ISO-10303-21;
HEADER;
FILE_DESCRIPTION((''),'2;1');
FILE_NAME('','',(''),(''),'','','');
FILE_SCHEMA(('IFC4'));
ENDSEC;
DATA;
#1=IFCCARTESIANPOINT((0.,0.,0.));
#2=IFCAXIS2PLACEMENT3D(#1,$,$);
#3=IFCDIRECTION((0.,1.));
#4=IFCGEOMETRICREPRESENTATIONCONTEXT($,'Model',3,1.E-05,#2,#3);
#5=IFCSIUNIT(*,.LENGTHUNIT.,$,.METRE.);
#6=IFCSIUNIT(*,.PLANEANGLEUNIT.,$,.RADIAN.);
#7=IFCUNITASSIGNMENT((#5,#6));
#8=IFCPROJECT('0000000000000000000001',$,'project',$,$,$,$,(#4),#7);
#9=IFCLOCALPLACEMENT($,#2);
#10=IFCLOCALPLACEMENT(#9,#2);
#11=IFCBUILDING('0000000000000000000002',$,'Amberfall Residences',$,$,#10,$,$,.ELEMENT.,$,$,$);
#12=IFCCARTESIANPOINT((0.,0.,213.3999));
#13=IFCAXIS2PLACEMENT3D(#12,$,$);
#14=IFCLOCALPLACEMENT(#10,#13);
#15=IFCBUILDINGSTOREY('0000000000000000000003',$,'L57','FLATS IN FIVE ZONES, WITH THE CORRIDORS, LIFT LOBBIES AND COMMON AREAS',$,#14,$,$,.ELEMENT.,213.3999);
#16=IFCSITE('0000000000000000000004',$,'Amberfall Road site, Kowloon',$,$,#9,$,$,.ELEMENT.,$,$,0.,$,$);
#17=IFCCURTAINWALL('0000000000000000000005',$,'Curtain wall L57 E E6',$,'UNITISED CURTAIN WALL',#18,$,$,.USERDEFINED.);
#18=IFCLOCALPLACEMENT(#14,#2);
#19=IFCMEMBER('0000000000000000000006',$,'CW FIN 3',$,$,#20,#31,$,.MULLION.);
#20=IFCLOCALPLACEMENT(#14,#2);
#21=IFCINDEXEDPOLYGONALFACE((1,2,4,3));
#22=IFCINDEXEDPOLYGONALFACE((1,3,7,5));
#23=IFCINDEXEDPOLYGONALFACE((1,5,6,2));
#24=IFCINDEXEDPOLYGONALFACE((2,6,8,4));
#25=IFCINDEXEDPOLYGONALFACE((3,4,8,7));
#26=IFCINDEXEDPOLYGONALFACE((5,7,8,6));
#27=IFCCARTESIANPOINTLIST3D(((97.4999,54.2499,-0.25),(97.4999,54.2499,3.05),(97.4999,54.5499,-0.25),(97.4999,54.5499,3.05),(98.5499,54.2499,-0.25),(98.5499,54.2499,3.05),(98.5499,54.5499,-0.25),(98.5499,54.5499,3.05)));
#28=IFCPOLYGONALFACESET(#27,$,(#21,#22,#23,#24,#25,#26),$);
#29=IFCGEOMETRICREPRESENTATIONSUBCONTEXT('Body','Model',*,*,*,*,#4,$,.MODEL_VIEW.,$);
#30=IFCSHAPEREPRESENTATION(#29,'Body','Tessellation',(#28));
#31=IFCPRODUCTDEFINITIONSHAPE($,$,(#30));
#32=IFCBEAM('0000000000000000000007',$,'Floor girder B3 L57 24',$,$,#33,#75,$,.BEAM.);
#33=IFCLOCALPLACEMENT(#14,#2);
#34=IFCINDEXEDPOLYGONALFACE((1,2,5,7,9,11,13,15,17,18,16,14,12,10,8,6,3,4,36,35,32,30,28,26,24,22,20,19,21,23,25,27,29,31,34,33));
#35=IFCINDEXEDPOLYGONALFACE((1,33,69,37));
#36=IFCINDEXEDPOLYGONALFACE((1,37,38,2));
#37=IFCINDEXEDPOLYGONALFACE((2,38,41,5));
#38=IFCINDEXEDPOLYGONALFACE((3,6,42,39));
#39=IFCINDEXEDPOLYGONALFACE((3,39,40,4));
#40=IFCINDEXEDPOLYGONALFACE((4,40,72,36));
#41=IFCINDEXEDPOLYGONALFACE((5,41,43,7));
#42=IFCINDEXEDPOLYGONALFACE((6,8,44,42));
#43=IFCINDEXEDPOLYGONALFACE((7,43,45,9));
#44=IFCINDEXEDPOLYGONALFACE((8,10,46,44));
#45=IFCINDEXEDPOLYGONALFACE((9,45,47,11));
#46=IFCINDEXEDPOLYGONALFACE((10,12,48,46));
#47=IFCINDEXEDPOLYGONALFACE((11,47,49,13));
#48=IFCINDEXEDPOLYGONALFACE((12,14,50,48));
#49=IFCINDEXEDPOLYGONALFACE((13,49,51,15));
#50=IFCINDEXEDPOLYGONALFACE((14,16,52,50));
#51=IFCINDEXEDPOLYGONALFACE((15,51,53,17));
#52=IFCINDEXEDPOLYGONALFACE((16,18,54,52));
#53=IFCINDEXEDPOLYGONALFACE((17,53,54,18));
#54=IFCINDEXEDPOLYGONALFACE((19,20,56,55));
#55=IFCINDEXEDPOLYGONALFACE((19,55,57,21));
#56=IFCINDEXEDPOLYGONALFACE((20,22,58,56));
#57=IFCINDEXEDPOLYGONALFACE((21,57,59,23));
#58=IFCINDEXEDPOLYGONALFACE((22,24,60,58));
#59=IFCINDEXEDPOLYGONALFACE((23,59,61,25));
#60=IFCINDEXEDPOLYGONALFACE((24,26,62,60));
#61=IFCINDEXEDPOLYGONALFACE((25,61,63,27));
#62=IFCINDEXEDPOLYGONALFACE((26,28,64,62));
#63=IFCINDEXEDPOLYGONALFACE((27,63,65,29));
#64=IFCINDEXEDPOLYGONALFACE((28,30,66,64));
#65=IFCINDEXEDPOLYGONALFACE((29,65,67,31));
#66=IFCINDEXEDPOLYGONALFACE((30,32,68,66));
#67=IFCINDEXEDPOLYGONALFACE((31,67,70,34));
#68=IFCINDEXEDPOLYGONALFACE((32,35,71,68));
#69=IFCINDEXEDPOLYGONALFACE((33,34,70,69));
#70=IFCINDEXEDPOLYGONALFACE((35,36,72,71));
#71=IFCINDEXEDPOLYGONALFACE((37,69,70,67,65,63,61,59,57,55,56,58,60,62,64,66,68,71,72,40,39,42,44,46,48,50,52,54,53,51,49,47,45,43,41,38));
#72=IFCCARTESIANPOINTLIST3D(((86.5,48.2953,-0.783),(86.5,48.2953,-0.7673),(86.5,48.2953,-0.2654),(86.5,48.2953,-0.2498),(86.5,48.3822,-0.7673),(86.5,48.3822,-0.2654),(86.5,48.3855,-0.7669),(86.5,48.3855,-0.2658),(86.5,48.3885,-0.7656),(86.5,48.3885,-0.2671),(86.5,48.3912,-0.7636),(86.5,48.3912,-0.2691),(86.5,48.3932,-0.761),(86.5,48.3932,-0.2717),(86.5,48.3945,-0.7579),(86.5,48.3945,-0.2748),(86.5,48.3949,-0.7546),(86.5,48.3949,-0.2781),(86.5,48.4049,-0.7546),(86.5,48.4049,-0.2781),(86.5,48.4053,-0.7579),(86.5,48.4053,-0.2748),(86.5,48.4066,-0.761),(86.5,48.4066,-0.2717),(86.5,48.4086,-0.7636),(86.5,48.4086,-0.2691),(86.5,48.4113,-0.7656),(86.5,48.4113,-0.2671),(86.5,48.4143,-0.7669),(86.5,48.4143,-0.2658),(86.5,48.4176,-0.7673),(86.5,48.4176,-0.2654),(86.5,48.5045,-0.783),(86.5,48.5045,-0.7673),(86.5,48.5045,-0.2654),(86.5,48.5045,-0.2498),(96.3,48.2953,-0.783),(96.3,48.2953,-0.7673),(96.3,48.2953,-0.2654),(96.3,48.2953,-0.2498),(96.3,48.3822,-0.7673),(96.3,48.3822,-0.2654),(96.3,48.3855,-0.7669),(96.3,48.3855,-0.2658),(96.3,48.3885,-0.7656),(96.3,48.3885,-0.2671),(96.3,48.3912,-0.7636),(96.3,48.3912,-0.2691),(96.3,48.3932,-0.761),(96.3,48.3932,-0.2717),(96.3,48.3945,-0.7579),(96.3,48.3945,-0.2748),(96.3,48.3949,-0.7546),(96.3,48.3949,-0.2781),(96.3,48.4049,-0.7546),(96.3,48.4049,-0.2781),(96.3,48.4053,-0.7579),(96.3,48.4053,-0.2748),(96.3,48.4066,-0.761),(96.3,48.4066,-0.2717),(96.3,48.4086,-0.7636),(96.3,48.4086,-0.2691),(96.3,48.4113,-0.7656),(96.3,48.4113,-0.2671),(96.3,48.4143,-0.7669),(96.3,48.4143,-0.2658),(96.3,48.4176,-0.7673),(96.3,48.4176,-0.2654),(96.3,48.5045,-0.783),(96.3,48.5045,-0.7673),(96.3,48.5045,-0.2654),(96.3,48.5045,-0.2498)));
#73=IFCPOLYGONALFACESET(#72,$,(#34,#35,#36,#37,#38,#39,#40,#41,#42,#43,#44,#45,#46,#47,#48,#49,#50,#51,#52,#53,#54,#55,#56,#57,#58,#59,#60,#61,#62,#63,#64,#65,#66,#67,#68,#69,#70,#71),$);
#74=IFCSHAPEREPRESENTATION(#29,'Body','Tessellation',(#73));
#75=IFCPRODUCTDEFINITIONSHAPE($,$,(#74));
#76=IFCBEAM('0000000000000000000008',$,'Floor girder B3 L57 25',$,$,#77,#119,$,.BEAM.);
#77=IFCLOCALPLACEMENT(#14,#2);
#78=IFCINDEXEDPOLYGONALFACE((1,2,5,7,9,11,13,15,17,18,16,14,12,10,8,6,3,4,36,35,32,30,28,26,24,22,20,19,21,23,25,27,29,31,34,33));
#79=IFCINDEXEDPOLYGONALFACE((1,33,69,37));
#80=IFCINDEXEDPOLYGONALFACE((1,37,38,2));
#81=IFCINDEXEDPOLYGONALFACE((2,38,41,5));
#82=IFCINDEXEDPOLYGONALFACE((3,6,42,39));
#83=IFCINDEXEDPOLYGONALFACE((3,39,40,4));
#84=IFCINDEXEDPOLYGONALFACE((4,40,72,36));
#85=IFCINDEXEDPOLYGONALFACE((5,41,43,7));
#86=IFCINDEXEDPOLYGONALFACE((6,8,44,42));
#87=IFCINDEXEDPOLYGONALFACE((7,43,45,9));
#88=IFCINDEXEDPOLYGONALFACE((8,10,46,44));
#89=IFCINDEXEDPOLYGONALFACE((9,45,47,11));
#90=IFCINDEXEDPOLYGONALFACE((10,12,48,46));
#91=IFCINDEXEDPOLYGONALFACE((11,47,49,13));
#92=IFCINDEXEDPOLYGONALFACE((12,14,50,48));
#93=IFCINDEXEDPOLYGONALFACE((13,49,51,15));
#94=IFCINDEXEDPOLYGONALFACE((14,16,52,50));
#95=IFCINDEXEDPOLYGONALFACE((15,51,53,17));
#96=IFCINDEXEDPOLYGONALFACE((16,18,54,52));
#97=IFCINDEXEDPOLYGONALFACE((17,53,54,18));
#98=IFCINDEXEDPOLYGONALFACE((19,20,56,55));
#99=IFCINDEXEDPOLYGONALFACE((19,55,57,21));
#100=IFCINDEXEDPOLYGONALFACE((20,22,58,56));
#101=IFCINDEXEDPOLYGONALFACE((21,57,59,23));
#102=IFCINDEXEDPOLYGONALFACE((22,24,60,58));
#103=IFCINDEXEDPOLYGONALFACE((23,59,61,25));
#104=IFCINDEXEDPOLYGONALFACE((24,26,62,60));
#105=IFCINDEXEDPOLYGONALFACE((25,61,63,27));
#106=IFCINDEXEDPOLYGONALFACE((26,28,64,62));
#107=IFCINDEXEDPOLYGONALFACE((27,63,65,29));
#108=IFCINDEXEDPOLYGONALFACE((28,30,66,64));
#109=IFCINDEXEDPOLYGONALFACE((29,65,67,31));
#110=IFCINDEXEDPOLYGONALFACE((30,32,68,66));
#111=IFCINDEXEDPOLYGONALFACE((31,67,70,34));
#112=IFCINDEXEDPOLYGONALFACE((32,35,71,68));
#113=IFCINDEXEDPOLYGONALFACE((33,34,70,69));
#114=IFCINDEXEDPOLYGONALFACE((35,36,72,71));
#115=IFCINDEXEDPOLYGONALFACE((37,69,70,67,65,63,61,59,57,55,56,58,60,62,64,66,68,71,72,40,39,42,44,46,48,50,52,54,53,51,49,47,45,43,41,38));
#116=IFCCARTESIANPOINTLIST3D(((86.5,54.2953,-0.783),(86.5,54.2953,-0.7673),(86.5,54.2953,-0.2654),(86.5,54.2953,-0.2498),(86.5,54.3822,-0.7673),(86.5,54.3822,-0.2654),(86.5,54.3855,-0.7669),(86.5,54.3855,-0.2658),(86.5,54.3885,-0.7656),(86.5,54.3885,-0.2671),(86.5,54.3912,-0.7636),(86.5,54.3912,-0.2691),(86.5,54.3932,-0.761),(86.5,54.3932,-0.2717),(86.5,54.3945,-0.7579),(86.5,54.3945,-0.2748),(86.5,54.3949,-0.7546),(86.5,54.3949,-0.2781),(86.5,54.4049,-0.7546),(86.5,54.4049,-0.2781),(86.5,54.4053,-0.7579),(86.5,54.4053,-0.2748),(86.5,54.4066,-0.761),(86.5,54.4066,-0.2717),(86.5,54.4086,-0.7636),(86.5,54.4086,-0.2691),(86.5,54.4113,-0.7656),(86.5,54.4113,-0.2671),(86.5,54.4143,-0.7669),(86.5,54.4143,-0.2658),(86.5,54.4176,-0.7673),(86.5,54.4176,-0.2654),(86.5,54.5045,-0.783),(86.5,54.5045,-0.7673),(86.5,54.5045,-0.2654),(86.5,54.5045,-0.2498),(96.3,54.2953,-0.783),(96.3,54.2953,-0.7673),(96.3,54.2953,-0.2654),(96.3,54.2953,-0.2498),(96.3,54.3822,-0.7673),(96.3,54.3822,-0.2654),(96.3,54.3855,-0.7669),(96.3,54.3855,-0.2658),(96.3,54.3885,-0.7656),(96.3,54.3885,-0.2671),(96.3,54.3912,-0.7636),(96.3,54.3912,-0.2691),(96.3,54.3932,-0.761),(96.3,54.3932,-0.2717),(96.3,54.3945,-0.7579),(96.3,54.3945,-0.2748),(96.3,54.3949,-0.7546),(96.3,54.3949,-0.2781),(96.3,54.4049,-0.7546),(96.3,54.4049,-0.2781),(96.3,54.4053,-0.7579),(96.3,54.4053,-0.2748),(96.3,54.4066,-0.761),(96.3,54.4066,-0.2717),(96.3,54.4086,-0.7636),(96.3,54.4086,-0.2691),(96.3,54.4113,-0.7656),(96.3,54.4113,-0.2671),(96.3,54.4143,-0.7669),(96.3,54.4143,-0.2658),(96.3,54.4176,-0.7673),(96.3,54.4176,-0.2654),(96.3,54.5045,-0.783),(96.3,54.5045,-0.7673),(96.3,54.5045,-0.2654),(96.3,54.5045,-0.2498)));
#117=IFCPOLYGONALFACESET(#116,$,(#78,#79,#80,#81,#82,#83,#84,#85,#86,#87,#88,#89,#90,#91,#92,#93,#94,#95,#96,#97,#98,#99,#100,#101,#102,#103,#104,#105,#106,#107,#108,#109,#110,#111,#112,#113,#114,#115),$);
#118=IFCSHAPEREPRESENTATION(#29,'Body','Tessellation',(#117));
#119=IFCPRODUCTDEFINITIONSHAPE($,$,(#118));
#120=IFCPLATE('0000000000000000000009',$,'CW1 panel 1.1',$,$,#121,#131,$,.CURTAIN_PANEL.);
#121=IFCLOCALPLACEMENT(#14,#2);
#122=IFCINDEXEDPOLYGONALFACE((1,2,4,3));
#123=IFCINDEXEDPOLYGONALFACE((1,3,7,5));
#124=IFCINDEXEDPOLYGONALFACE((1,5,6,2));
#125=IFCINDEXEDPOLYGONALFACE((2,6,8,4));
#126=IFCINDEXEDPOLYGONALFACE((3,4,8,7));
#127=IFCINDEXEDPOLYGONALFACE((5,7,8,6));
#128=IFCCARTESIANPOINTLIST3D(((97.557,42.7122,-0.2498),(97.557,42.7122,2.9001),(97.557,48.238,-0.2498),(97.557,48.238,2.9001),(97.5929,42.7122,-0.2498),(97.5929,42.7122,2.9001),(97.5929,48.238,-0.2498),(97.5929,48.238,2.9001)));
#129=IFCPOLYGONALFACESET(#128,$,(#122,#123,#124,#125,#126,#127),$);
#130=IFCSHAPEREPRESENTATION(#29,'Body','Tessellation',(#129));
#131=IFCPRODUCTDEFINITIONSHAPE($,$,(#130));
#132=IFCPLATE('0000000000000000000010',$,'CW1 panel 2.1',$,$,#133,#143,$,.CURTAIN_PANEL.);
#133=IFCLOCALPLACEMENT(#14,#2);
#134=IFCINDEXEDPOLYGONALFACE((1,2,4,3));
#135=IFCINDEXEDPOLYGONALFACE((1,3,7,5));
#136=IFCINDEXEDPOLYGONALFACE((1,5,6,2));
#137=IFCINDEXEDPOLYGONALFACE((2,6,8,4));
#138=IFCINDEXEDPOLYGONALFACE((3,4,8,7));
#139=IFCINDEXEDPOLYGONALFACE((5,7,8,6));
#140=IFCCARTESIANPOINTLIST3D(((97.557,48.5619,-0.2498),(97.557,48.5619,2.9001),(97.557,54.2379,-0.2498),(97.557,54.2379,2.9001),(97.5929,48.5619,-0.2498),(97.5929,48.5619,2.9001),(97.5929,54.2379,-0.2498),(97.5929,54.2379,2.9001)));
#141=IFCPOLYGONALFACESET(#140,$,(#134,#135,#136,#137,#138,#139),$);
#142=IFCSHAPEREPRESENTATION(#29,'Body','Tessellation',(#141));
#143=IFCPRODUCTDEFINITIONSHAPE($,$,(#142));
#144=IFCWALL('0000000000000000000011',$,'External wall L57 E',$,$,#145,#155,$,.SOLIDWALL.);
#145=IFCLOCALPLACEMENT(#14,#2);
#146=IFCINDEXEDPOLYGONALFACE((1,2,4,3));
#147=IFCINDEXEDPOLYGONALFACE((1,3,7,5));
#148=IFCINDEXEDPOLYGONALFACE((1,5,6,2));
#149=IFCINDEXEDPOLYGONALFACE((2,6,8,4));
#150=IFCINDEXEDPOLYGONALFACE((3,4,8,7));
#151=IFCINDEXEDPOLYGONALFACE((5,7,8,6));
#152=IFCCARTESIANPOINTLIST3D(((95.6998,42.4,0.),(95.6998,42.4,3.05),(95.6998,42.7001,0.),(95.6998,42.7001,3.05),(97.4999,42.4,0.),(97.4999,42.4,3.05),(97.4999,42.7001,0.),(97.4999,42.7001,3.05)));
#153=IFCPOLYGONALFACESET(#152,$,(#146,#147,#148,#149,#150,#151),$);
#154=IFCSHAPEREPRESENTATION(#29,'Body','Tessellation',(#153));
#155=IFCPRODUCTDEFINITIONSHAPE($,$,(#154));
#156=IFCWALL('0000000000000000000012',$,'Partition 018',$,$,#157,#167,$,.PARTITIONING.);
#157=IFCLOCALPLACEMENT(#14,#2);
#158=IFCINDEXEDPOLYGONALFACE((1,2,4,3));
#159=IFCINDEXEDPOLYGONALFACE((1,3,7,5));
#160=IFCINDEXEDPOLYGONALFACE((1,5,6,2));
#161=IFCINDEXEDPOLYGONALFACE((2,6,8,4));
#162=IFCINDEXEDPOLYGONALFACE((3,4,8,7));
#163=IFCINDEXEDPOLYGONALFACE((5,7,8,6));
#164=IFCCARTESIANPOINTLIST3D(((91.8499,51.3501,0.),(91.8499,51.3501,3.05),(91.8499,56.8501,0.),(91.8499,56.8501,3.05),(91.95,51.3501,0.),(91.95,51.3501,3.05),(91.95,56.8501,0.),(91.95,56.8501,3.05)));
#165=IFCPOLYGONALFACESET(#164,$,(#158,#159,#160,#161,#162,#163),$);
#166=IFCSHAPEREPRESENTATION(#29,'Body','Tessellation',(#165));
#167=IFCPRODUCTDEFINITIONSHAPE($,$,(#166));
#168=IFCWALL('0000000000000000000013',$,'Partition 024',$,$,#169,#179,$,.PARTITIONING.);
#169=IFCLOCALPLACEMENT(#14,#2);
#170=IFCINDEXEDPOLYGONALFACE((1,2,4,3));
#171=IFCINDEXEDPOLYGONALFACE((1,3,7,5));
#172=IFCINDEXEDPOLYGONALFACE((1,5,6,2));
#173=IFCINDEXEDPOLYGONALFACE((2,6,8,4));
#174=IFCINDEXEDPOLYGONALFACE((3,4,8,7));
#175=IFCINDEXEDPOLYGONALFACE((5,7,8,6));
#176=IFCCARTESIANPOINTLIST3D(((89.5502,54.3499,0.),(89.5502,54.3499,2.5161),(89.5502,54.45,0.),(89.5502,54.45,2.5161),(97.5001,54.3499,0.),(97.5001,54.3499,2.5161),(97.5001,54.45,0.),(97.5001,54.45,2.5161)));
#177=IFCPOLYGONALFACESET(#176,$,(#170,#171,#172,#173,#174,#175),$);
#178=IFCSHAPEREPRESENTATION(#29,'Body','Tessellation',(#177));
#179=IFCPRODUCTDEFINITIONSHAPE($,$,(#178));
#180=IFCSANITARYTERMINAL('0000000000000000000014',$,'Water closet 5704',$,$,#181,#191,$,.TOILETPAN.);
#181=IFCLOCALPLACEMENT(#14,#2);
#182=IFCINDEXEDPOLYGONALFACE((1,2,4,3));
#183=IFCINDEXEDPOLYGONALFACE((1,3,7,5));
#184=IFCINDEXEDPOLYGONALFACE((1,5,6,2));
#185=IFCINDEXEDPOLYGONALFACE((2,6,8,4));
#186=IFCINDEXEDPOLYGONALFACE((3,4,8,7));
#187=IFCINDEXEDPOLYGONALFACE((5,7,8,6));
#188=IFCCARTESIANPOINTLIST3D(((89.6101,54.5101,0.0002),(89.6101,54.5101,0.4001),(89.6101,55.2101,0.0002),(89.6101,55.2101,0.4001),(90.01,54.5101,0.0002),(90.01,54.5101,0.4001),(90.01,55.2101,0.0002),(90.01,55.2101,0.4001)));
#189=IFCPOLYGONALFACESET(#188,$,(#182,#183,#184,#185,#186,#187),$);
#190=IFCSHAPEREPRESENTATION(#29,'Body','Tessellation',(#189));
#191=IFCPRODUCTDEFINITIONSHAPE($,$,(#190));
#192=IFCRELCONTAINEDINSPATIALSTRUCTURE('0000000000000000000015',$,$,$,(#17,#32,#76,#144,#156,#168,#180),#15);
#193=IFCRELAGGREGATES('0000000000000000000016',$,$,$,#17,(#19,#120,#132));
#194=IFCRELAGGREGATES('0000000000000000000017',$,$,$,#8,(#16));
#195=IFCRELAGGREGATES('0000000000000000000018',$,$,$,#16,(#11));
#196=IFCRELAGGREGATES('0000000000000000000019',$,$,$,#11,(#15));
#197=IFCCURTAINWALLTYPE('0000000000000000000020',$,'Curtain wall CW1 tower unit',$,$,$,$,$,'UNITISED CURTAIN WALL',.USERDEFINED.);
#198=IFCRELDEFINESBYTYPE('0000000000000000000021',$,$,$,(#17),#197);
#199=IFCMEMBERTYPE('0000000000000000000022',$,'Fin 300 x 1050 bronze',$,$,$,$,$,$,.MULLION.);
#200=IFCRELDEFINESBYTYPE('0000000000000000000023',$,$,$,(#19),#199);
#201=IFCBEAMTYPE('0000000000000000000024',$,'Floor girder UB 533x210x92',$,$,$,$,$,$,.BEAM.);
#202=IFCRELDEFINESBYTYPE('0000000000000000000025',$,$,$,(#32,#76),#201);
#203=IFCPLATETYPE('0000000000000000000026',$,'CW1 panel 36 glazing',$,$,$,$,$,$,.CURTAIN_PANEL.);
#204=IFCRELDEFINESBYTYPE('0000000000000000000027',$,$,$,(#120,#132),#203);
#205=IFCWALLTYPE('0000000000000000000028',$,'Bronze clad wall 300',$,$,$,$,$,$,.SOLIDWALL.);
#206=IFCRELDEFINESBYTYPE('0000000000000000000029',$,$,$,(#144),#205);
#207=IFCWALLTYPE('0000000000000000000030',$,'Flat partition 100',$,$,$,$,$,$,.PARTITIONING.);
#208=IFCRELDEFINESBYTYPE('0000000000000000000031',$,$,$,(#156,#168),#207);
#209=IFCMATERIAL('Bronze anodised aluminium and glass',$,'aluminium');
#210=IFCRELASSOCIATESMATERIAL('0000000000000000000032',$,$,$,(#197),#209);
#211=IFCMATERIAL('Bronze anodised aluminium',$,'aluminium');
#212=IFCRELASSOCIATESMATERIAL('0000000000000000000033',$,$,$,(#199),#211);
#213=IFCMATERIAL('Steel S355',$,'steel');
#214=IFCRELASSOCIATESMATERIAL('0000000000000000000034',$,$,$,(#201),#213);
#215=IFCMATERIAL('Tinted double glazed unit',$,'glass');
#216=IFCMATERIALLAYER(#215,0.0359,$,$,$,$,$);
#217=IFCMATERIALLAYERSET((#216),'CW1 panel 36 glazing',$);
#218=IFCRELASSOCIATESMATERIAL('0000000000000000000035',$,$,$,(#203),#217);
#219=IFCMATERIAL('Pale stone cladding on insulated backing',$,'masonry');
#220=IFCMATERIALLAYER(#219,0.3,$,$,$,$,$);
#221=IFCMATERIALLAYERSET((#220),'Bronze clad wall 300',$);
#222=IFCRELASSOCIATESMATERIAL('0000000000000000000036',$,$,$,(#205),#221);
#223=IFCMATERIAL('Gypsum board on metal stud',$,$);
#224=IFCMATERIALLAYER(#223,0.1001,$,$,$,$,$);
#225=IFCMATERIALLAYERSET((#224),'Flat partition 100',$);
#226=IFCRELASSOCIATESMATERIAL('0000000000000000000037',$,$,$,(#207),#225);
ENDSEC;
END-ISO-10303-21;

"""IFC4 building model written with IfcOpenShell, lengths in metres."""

from ifc_helpers import new_model, si_unit, direction, frame, frame_2d, origin, origin_2d, place, context, subcontext, project, spatial, rectangle, i_section, extrude, material, layer, layer_set, material_profile, profile_set, type_object, element, aggregate, save


model = new_model("IFC4")

# Units and contexts
model_context = context("Model", 3, precision=1e-05, world=origin(), true_north=direction((0.0, 1.0)))
body_context = subcontext(model_context, "Body", "Model", "MODEL_VIEW")
ifc_project = project(units=[si_unit("LENGTHUNIT", "METRE"), si_unit("PLANEANGLEUNIT", "RADIAN")], contexts=[model_context])

# Site, building, storey
site_placement = place(None, origin())
site = spatial("IfcSite", under=ifc_project, at=site_placement, Name="Amberfall Road site, Kowloon", CompositionType="ELEMENT", RefElevation=0.0)
building_placement = place(site_placement, origin())
building = spatial("IfcBuilding", under=site, at=building_placement, Name="Amberfall Residences", CompositionType="ELEMENT")
storey_placement = place(building_placement, frame((0.0, 0.0, 213.3999)))
storey = spatial("IfcBuildingStorey", under=building, at=storey_placement, Name="L57", Description="FLATS IN FIVE ZONES, WITH THE CORRIDORS, LIFT LOBBIES AND COMMON AREAS", CompositionType="ELEMENT", Elevation=213.3999)

# Curtain wall
ifc_material_1 = material(Name="Bronze anodised aluminium and glass", Category="aluminium")
curtain_wall_type = type_object("IfcCurtainWallType", Name="Curtain wall CW1 tower unit", ElementType="UNITISED CURTAIN WALL", PredefinedType="USERDEFINED", material=ifc_material_1)
curtain_wall_placement = place(storey_placement, origin())
curtain_wall = element("IfcCurtainWall", 1, at=curtain_wall_placement, inside=storey, type_object=curtain_wall_type, Name="Curtain wall L57 E E6", ObjectType="UNITISED CURTAIN WALL", PredefinedType="USERDEFINED")
ifc_material_2 = material(Name="Bronze anodised aluminium", Category="aluminium")

# Shared definitions
ifc_material_3 = material(Name="Steel S355", Category="steel")

# Member
ifc_material_profile_1 = material_profile(ifc_material_2, rectangle(XDim=1.05, YDim=0.3, at=origin_2d()), Name="Fin 300 x 1050 bronze")
ifc_profile_set_1 = profile_set([ifc_material_profile_1], Name="Bronze anodised aluminium")
member_type_1 = type_object("IfcMemberType", Name="Fin 300 x 1050 bronze", PredefinedType="MULLION", material=ifc_profile_set_1)
member_1_placement = place(storey_placement, frame((98.0249, 54.3999, -0.25), z_axis=(0.0, 0.0, 1.0), x_axis=(-1.0, 0.0, 0.0)))
member_1 = element("IfcMember", 2, at=member_1_placement, type_object=member_type_1, Name="CW FIN 3", PredefinedType="MULLION", context=body_context, shape_type="SweptSolid", body=[
    extrude(rectangle(XDim=1.05, YDim=0.3, at=origin_2d()), origin(), (0.0, 0.0, 1.0), 3.3),
])

# Beams
ifc_material_profile_2 = material_profile(ifc_material_3, i_section(OverallWidth=0.2092, OverallDepth=0.5332, WebThickness=0.01, FlangeThickness=0.0156, FilletRadius=0.0127, at=origin_2d()), Name="UB 533x210x92")
ifc_profile_set_2 = profile_set([ifc_material_profile_2], Name="Steel S355")
beam_type_1 = type_object("IfcBeamType", Name="Floor girder UB 533x210x92", PredefinedType="BEAM", material=ifc_profile_set_2)
for number, where, z_axis, x_axis, name in (
    (3, (96.3, 48.3999, -0.5164), (-1.0, 0.0, 0.0), (0.0, -1.0, 0.0), "Floor girder B3 L57 24"),
    (4, (96.3, 54.3999, -0.5164), (-1.0, 0.0, 0.0), (0.0, -1.0, 0.0), "Floor girder B3 L57 25"),
):
    element("IfcBeam", number, at=place(storey_placement, frame(where, z_axis=z_axis, x_axis=x_axis)), inside=storey, type_object=beam_type_1, Name=name, PredefinedType="BEAM", context=body_context, shape_type="SweptSolid", body=[
        extrude(i_section(OverallWidth=0.2092, OverallDepth=0.5332, WebThickness=0.01, FlangeThickness=0.0156, FilletRadius=0.0127, at=origin_2d()), origin(), (0.0, 0.0, 1.0), 9.8),
    ])

# Plates
ifc_material_4 = material(Name="Tinted double glazed unit", Category="glass")
ifc_layer_1 = layer(ifc_material_4, 0.0359)
ifc_layer_set_1 = layer_set([ifc_layer_1], Name="CW1 panel 36 glazing")
plate_type = type_object("IfcPlateType", Name="CW1 panel 36 glazing", PredefinedType="CURTAIN_PANEL", material=ifc_layer_set_1)
plate_1_placement = place(storey_placement, frame((97.575, 45.4751, -0.2498), z_axis=(0.0, 0.0, 1.0), x_axis=(0.0, 1.0, 0.0)))
plate_1 = element("IfcPlate", 5, at=plate_1_placement, type_object=plate_type, Name="CW1 panel 1.1", PredefinedType="CURTAIN_PANEL", context=body_context, shape_type="SweptSolid", body=[
    extrude(rectangle(XDim=5.5259, YDim=0.0359, at=origin_2d()), origin(), (0.0, 0.0, 1.0), 3.1499),
])
plate_2_placement = place(storey_placement, frame((97.575, 51.3999, -0.2498), z_axis=(0.0, 0.0, 1.0), x_axis=(0.0, 1.0, 0.0)))
plate_2 = element("IfcPlate", 6, at=plate_2_placement, type_object=plate_type, Name="CW1 panel 2.1", PredefinedType="CURTAIN_PANEL", context=body_context, shape_type="SweptSolid", body=[
    extrude(rectangle(XDim=5.676, YDim=0.0359, at=origin_2d()), origin(), (0.0, 0.0, 1.0), 3.1499),
])
aggregate(curtain_wall, [member_1, plate_1, plate_2])

# Walls
ifc_material_5 = material(Name="Pale stone cladding on insulated backing", Category="masonry")
ifc_layer_2 = layer(ifc_material_5, 0.3)
ifc_layer_set_2 = layer_set([ifc_layer_2], Name="Bronze clad wall 300")
wall_type_1 = type_object("IfcWallType", Name="Bronze clad wall 300", PredefinedType="SOLIDWALL", material=ifc_layer_set_2)
wall_1_placement = place(storey_placement, frame((95.7, 42.55, 0.0), z_axis=(0.0, 0.0, 1.0), x_axis=(1.0, 0.0, 0.0)))
element("IfcWall", 7, at=wall_1_placement, inside=storey, type_object=wall_type_1, Name="External wall L57 E", PredefinedType="SOLIDWALL", context=body_context, shape_type="SweptSolid", body=[
    extrude(rectangle(XDim=1.8, YDim=0.3, at=frame_2d((0.8999, 0.0))), origin(), (0.0, 0.0, 1.0), 3.05),
])
ifc_material_6 = material(Name="Gypsum board on metal stud")
ifc_layer_3 = layer(ifc_material_6, 0.1001)
ifc_layer_set_3 = layer_set([ifc_layer_3], Name="Flat partition 100")
wall_type_2 = type_object("IfcWallType", Name="Flat partition 100", PredefinedType="PARTITIONING", material=ifc_layer_set_3)
wall_2_placement = place(storey_placement, frame((91.8999, 51.3501, 0.0), z_axis=(0.0, 0.0, 1.0), x_axis=(0.0, 1.0, 0.0)))
element("IfcWall", 8, at=wall_2_placement, inside=storey, type_object=wall_type_2, Name="Partition 018", PredefinedType="PARTITIONING", context=body_context, shape_type="SweptSolid", body=[
    extrude(rectangle(XDim=5.5, YDim=0.1001, at=frame_2d((2.75, 0.0))), origin(), (0.0, 0.0, 1.0), 3.05),
])
wall_3_placement = place(storey_placement, frame((89.55, 54.3999, 0.0), z_axis=(0.0, 0.0, 1.0), x_axis=(1.0, 0.0, 0.0)))
element("IfcWall", 9, at=wall_3_placement, inside=storey, type_object=wall_type_2, Name="Partition 024", PredefinedType="PARTITIONING", context=body_context, shape_type="SweptSolid", body=[
    extrude(rectangle(XDim=7.95, YDim=0.1001, at=frame_2d((3.9751, 0.0))), origin(), (0.0, 0.0, 1.0), 2.5161),
])

# Sanitary terminal
sanitary_terminal_1_placement = place(storey_placement, frame((89.8101, 54.8601, 0.0002), z_axis=(0.0, 0.0, 1.0), x_axis=(1.0, 0.0, 0.0)))
element("IfcSanitaryTerminal", 10, at=sanitary_terminal_1_placement, inside=storey, Name="Water closet 5704", PredefinedType="TOILETPAN", context=body_context, shape_type="SweptSolid", body=[
    extrude(rectangle(XDim=0.3999, YDim=0.7, at=origin_2d()), origin(), (0.0, 0.0, 1.0), 0.3999),
])

save(model, "model.ifc")
